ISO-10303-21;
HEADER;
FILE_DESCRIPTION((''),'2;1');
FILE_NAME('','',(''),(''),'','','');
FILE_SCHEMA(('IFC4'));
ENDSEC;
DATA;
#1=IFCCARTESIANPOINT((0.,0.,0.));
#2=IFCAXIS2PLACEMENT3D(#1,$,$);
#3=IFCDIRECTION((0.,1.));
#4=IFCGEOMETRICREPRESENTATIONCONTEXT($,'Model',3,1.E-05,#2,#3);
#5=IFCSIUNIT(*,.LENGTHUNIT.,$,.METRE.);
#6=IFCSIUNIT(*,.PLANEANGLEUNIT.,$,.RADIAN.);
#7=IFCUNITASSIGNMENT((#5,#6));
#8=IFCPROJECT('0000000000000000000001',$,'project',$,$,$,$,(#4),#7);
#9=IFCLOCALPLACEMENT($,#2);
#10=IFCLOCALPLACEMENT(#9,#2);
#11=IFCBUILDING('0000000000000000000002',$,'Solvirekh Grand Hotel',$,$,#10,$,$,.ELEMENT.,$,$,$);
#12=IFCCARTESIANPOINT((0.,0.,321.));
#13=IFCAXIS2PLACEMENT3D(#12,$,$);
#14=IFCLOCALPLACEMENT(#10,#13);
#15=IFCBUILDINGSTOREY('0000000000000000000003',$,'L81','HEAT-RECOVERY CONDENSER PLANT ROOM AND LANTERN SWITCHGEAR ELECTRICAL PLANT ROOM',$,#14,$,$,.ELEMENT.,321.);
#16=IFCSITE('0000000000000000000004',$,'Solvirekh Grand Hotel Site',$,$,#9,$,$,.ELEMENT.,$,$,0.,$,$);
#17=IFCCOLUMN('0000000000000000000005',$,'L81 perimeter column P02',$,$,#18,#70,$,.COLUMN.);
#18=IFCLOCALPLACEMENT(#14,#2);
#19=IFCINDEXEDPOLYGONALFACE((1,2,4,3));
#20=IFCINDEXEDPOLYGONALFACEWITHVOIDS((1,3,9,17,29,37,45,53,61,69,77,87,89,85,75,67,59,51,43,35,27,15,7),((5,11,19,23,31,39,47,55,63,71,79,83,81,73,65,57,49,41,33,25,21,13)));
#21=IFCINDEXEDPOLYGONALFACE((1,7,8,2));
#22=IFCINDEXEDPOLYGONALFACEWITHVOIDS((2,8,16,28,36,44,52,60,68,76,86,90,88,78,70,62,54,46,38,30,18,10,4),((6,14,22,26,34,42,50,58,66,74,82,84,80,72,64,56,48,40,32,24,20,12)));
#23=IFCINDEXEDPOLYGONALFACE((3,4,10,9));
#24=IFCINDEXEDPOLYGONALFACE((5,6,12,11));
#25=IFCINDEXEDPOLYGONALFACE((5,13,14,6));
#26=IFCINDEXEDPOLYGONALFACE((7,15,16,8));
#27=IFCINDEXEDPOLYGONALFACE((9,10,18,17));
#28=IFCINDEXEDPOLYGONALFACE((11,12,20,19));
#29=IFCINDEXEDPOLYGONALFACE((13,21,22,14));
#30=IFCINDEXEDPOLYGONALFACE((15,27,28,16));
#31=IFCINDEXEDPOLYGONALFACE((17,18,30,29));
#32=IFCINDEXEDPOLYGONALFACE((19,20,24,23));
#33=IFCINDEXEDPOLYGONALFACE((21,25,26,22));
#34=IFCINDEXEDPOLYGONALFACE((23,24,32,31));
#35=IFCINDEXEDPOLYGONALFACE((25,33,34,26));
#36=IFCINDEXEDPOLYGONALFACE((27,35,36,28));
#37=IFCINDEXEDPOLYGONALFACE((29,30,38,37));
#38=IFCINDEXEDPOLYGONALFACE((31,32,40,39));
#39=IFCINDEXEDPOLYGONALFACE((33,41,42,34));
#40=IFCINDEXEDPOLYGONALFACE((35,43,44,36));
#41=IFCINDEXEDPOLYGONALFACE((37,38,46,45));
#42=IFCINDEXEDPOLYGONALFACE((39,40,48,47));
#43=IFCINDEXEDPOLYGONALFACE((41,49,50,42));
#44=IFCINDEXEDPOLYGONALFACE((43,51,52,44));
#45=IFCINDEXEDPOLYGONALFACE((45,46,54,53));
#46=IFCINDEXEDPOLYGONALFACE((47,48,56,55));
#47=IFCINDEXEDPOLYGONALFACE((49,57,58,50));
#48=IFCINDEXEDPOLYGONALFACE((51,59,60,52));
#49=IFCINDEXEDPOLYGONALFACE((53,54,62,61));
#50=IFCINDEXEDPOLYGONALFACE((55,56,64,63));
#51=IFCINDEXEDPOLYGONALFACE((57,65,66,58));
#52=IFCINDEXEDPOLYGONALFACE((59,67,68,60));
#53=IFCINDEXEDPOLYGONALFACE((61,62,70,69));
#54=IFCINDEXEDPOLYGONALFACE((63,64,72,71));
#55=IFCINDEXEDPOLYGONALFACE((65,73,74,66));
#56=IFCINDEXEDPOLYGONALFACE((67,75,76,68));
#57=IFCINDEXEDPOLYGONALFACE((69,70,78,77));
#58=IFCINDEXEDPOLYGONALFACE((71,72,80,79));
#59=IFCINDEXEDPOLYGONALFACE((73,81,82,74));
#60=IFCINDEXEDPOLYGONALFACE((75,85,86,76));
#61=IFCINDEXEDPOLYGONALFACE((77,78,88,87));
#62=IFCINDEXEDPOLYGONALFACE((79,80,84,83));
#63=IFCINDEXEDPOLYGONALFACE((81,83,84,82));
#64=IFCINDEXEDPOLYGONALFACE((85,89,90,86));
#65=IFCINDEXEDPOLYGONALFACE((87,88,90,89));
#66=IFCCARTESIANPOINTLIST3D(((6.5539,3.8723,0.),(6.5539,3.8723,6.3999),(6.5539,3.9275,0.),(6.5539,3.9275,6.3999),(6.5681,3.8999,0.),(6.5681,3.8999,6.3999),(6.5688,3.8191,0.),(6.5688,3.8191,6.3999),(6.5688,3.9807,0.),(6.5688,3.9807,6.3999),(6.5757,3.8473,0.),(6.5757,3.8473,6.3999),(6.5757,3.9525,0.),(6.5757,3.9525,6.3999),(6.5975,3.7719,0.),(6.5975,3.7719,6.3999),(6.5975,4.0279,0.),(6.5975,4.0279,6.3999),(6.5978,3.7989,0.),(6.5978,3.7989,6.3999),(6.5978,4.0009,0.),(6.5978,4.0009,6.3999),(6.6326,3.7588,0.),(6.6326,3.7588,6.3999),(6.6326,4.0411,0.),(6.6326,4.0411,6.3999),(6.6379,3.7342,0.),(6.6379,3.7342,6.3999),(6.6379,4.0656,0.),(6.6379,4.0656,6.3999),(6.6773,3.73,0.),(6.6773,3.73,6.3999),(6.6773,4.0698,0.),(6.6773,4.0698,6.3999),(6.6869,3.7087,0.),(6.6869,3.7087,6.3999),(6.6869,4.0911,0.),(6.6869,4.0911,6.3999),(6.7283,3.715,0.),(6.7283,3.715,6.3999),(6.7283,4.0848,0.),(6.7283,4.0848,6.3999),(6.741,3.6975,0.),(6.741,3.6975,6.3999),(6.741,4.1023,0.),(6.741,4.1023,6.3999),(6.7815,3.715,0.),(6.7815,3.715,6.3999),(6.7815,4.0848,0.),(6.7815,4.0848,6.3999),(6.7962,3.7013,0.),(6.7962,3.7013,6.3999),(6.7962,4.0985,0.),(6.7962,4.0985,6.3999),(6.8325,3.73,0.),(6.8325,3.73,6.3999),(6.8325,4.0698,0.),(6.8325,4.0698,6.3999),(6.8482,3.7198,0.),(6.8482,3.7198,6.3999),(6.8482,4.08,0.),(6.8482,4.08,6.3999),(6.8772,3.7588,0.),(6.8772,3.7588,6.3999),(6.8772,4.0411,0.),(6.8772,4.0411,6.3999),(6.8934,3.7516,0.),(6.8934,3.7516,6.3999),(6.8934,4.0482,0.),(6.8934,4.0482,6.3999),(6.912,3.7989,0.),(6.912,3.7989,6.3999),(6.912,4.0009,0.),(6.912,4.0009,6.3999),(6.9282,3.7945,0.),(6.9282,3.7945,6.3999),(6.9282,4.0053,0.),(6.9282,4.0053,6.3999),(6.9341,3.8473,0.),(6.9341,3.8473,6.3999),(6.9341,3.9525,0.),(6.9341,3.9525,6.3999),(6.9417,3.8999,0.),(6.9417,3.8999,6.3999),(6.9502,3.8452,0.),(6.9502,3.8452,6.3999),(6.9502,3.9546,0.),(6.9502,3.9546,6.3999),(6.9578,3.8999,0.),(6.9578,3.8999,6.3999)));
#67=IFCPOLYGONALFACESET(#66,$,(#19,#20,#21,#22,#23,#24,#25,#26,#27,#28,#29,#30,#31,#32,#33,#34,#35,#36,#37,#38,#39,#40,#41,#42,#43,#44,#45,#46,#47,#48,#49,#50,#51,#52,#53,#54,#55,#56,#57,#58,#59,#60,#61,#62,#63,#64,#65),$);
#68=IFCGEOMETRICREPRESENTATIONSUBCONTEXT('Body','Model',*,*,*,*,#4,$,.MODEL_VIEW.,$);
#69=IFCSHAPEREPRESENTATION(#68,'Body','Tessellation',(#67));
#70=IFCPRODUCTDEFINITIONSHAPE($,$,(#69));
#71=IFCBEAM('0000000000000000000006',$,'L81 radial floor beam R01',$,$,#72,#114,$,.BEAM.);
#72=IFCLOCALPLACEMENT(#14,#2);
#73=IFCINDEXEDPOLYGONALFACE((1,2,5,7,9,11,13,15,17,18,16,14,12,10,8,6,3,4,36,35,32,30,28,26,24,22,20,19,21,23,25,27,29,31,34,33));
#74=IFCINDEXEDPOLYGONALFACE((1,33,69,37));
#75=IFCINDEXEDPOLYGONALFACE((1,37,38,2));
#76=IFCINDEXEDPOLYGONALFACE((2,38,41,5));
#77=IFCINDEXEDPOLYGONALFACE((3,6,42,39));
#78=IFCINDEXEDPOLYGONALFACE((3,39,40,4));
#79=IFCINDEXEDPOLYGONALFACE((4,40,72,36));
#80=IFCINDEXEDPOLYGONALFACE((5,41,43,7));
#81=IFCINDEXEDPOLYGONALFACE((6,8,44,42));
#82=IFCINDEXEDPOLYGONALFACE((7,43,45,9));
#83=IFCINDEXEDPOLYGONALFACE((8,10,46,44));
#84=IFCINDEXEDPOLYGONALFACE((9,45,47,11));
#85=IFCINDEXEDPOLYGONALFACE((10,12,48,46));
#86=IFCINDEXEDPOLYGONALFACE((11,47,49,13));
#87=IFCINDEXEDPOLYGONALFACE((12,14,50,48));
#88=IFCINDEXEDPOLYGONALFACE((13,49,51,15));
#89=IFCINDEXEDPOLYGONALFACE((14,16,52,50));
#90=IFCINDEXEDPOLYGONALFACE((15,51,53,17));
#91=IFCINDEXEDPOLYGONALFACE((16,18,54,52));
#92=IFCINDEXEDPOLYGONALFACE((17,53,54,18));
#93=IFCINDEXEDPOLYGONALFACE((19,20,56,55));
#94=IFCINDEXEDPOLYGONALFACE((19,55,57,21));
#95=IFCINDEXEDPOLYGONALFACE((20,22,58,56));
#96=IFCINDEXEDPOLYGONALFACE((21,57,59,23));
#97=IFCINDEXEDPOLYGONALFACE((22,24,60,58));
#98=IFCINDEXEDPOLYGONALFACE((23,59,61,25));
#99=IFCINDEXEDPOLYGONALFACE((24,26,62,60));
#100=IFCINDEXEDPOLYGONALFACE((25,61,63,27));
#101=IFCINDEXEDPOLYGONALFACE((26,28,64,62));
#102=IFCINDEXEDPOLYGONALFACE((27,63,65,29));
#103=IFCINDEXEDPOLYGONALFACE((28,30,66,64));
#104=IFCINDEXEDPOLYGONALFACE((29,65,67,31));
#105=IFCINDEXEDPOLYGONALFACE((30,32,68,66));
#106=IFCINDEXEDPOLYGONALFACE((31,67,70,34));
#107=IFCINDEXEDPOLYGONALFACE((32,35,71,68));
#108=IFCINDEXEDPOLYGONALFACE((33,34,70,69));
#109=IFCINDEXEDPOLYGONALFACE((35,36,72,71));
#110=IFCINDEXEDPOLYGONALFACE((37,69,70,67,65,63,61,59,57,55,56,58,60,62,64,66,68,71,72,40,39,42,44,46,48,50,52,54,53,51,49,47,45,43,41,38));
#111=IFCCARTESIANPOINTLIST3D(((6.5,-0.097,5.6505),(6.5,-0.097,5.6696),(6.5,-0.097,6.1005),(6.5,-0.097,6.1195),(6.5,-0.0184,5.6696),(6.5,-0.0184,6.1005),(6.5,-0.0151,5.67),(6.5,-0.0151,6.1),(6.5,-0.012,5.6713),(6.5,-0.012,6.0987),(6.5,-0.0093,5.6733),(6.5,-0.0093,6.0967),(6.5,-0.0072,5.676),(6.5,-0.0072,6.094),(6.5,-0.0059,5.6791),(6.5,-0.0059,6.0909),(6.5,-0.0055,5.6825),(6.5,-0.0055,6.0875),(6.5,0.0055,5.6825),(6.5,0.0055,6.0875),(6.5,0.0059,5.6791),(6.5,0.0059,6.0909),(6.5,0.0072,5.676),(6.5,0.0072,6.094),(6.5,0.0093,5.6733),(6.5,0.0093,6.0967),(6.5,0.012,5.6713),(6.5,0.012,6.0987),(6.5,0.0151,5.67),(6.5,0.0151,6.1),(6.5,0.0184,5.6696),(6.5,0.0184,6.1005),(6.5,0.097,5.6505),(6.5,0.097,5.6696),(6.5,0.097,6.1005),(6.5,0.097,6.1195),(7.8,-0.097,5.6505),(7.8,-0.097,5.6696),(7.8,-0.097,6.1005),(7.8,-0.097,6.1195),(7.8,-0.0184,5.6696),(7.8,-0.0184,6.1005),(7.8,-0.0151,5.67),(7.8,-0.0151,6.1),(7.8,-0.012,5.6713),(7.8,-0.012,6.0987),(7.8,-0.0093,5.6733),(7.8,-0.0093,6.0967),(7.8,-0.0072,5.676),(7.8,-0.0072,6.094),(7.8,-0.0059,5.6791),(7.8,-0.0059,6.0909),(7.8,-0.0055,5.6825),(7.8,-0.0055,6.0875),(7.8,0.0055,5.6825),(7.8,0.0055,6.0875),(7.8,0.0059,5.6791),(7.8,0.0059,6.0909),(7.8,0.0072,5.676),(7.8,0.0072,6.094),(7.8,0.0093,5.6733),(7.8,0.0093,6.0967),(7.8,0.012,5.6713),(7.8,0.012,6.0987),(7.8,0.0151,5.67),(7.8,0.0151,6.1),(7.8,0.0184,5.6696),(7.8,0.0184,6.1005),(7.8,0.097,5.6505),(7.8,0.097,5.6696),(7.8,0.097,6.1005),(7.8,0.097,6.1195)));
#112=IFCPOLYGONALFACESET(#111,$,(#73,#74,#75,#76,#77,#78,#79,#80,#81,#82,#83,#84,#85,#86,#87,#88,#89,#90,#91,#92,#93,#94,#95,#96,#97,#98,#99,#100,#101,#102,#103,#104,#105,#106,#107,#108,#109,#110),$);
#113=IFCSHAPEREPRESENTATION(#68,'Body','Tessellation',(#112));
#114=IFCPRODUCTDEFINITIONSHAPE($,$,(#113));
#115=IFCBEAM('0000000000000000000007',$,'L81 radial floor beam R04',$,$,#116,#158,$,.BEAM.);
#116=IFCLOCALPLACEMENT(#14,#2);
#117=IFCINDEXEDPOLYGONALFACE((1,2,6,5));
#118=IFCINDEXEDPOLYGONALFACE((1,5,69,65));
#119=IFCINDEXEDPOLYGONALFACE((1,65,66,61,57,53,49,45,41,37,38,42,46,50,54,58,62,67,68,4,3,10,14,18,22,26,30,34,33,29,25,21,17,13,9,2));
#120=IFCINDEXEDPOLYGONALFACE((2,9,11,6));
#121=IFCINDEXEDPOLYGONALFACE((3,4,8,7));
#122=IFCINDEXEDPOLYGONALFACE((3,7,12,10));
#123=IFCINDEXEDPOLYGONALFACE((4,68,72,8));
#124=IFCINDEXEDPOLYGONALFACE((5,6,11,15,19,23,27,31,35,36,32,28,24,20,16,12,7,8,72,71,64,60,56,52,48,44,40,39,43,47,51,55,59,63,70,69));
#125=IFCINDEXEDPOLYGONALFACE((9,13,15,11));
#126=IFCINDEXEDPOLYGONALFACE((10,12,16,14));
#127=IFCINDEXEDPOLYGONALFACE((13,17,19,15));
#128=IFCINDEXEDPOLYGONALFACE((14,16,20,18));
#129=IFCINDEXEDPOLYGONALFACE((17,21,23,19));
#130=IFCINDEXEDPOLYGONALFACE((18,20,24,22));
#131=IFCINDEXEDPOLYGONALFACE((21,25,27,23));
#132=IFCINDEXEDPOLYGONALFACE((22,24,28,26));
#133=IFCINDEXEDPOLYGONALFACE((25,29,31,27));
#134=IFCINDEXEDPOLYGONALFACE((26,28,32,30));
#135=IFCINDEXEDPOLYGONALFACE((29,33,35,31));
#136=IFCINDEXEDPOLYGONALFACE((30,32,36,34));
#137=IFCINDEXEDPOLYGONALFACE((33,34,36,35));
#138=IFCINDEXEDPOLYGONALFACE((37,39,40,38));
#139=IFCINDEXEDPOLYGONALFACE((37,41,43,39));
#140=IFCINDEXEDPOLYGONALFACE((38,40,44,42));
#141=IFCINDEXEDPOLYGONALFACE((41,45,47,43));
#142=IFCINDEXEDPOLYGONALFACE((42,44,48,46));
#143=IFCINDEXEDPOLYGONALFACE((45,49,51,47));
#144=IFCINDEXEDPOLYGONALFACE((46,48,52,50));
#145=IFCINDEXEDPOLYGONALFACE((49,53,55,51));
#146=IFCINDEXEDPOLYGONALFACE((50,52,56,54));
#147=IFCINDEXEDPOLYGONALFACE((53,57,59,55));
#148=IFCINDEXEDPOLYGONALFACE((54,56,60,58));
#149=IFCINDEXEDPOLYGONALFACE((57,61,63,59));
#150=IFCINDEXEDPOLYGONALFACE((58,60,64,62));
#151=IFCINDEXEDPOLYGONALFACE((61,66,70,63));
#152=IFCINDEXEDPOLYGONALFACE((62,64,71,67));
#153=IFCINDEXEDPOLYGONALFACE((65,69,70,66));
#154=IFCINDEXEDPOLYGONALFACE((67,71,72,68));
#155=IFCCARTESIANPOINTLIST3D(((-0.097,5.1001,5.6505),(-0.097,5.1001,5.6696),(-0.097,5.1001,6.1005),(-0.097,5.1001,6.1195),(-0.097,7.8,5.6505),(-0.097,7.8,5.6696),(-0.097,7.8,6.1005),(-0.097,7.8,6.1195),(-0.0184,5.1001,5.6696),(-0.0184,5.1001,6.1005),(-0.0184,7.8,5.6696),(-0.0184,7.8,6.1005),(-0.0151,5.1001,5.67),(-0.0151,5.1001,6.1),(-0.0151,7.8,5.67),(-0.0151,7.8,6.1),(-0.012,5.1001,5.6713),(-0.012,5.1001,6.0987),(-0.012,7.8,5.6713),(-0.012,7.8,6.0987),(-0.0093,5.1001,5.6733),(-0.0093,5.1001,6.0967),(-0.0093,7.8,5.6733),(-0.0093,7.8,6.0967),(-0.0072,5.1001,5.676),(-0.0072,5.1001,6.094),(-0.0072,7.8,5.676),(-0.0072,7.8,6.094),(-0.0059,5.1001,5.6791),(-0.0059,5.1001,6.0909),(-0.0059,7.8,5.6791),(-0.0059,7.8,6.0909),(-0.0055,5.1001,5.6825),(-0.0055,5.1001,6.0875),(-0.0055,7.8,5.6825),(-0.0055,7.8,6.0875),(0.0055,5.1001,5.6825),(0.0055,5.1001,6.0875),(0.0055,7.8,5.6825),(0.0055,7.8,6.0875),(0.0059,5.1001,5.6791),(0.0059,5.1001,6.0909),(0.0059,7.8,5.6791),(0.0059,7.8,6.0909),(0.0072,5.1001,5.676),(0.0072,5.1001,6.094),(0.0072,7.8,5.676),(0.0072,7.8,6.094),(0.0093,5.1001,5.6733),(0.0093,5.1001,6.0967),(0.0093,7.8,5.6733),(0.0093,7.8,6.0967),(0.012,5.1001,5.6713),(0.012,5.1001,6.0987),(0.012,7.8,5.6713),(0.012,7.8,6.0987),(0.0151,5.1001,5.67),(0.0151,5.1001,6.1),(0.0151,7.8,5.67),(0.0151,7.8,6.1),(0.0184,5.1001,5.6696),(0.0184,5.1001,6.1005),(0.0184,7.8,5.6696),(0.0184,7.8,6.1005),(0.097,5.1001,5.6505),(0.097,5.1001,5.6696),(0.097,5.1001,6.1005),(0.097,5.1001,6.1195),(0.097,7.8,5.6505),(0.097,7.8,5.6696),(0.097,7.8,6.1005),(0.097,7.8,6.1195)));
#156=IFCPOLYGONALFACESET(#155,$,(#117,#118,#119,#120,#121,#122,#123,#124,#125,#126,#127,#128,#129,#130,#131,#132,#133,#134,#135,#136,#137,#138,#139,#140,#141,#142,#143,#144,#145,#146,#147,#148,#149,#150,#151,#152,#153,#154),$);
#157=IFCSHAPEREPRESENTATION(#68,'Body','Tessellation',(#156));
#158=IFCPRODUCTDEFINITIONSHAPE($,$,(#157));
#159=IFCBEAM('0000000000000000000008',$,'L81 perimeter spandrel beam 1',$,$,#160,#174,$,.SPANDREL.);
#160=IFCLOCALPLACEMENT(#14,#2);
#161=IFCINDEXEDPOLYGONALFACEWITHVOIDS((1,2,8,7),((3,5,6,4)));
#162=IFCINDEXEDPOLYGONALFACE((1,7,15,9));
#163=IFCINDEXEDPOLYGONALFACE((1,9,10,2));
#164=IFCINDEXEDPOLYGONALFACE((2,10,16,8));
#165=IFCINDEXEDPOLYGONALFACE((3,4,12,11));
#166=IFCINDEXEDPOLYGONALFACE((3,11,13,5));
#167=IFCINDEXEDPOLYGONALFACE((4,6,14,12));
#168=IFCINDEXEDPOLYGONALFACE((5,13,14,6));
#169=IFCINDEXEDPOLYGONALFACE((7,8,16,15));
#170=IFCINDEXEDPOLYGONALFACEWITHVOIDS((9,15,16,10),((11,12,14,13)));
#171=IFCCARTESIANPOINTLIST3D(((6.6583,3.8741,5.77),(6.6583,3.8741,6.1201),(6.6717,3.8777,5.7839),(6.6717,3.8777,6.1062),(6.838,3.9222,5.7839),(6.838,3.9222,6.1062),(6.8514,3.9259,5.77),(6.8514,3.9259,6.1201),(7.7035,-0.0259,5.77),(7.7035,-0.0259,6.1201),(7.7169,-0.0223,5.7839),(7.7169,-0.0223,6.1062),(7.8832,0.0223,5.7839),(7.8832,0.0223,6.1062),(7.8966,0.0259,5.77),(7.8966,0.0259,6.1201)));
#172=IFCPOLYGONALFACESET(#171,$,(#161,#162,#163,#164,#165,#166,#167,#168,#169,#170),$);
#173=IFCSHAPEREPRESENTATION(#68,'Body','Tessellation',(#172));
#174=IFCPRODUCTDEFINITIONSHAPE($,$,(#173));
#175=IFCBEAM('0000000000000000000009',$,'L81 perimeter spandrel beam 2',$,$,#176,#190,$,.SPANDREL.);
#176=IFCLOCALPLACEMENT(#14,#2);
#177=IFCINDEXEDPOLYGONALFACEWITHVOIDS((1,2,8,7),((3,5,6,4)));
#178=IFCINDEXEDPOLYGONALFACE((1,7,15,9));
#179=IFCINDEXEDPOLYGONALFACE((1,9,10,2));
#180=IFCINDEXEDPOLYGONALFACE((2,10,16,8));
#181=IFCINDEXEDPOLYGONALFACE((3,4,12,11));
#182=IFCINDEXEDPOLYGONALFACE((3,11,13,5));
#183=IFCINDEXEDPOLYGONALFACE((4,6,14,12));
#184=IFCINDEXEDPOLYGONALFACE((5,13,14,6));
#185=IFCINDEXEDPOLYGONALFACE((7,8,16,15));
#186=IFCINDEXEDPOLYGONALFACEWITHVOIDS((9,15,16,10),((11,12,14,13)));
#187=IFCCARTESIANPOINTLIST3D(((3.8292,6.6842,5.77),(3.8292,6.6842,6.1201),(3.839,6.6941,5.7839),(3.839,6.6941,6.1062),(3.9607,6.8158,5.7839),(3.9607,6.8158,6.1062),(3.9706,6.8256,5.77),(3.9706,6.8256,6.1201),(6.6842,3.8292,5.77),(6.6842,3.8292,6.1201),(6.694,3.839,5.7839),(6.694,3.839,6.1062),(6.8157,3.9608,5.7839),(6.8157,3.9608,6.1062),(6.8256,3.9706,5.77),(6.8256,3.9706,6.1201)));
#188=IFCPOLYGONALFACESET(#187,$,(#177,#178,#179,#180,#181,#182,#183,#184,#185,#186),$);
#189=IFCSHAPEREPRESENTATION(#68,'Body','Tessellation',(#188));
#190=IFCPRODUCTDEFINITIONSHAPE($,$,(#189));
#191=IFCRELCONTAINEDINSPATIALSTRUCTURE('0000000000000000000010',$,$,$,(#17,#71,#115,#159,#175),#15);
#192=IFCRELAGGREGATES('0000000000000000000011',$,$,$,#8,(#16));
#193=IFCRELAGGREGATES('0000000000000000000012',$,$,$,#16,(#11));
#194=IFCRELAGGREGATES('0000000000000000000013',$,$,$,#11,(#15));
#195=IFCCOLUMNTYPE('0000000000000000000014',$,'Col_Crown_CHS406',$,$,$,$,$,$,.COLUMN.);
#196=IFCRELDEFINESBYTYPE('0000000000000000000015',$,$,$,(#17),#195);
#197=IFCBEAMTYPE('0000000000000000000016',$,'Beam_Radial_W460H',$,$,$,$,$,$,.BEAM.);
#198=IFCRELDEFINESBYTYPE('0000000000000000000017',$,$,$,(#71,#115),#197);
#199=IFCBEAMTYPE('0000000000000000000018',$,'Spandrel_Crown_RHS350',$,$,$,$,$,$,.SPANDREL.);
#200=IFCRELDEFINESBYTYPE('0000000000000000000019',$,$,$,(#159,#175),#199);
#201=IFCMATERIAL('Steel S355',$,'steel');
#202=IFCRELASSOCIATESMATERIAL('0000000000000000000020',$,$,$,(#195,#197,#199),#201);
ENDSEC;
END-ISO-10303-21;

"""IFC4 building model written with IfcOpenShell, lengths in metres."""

from ifc_helpers import new_model, si_unit, direction, frame, origin, origin_2d, place, context, subcontext, project, spatial, hollow_rectangle, hollow_circle, i_section, extrude, material, material_profile, profile_set, type_object, element, save


model = new_model("IFC4")

# Units and contexts
model_context = context("Model", 3, precision=1e-05, world=origin(), true_north=direction((0.0, 1.0)))
body_context = subcontext(model_context, "Body", "Model", "MODEL_VIEW")
ifc_project = project(units=[si_unit("LENGTHUNIT", "METRE"), si_unit("PLANEANGLEUNIT", "RADIAN")], contexts=[model_context])

# Site, building, storey
site_placement = place(None, origin())
site = spatial("IfcSite", under=ifc_project, at=site_placement, Name="Solvirekh Grand Hotel Site", CompositionType="ELEMENT", RefElevation=0.0)
building_placement = place(site_placement, origin())
building = spatial("IfcBuilding", under=site, at=building_placement, Name="Solvirekh Grand Hotel", CompositionType="ELEMENT")
storey_placement = place(building_placement, frame((0.0, 0.0, 321.0)))
storey = spatial("IfcBuildingStorey", under=building, at=storey_placement, Name="L81", Description="HEAT-RECOVERY CONDENSER PLANT ROOM AND LANTERN SWITCHGEAR ELECTRICAL PLANT ROOM", CompositionType="ELEMENT", Elevation=321.0)

# Column
ifc_material_1 = material(Name="Steel S355", Category="steel")
ifc_material_profile_1 = material_profile(ifc_material_1, hollow_circle(Radius=0.2029, WallThickness=0.0161, at=origin_2d()), Name="CHS 406X16")
ifc_profile_set_1 = profile_set([ifc_material_profile_1], Name="Steel S355")
column_type = type_object("IfcColumnType", Name="Col_Crown_CHS406", PredefinedType="COLUMN", material=ifc_profile_set_1)
column_placement = place(storey_placement, frame((6.7549, 3.8999, 0.0), z_axis=(0.0, 0.0, 1.0), x_axis=(1.0, 0.0, 0.0)))
element("IfcColumn", 1, at=column_placement, inside=storey, type_object=column_type, Name="L81 perimeter column P02", PredefinedType="COLUMN", context=body_context, shape_type="SweptSolid", body=[
    extrude(hollow_circle(Radius=0.2029, WallThickness=0.0161, at=origin_2d()), origin(), (0.0, 0.0, 1.0), 6.3999),
])

# Beams
ifc_material_profile_2 = material_profile(ifc_material_1, i_section(OverallWidth=0.1941, OverallDepth=0.469, WebThickness=0.011, FlangeThickness=0.019, FilletRadius=0.0129, at=origin_2d()), Name="W460X106")
ifc_profile_set_2 = profile_set([ifc_material_profile_2], Name="Steel S355")
beam_type_1 = type_object("IfcBeamType", Name="Beam_Radial_W460H", PredefinedType="BEAM", material=ifc_profile_set_2)
beam_1_placement = place(storey_placement, frame((6.5, 0.0, 5.885), z_axis=(1.0, 0.0, 0.0), x_axis=(0.0, 1.0, 0.0)))
element("IfcBeam", 2, at=beam_1_placement, inside=storey, type_object=beam_type_1, Name="L81 radial floor beam R01", PredefinedType="BEAM", context=body_context, shape_type="SweptSolid", body=[
    extrude(i_section(OverallWidth=0.1941, OverallDepth=0.469, WebThickness=0.011, FlangeThickness=0.019, FilletRadius=0.0129, at=origin_2d()), origin(), (0.0, 0.0, 1.0), 1.3),
])
beam_2_placement = place(storey_placement, frame((0.0, 5.1001, 5.885), z_axis=(0.0, 1.0, 0.0), x_axis=(-1.0, 0.0, 0.0)))
element("IfcBeam", 3, at=beam_2_placement, inside=storey, type_object=beam_type_1, Name="L81 radial floor beam R04", PredefinedType="BEAM", context=body_context, shape_type="SweptSolid", body=[
    extrude(i_section(OverallWidth=0.1941, OverallDepth=0.469, WebThickness=0.011, FlangeThickness=0.019, FilletRadius=0.0129, at=origin_2d()), origin(), (0.0, 0.0, 1.0), 2.7),
])
ifc_material_profile_3 = material_profile(ifc_material_1, hollow_rectangle(XDim=0.2, YDim=0.3501, WallThickness=0.0139, at=origin_2d()), Name="RHS 350X200X14")
ifc_profile_set_3 = profile_set([ifc_material_profile_3], Name="Steel S355")
beam_type_2 = type_object("IfcBeamType", Name="Spandrel_Crown_RHS350", PredefinedType="SPANDREL", material=ifc_profile_set_3)
for number, where, z_axis, x_axis, name in (
    (4, (7.8, 0.0, 5.9451), (-0.258863, 0.965914, 0.0), (-0.965914, -0.258863, 0.0), "L81 perimeter spandrel beam 1"),
    (5, (6.7549, 3.8999, 5.9451), (-0.707107, 0.707107, 0.0), (-0.707107, -0.707107, 0.0), "L81 perimeter spandrel beam 2"),
):
    element("IfcBeam", number, at=place(storey_placement, frame(where, z_axis=z_axis, x_axis=x_axis)), inside=storey, type_object=beam_type_2, Name=name, PredefinedType="SPANDREL", context=body_context, shape_type="SweptSolid", body=[
        extrude(hollow_rectangle(XDim=0.2, YDim=0.3501, WallThickness=0.0139, at=origin_2d()), origin(), (0.0, 0.0, 1.0), 4.0376),
    ])

save(model, "model.ifc")
